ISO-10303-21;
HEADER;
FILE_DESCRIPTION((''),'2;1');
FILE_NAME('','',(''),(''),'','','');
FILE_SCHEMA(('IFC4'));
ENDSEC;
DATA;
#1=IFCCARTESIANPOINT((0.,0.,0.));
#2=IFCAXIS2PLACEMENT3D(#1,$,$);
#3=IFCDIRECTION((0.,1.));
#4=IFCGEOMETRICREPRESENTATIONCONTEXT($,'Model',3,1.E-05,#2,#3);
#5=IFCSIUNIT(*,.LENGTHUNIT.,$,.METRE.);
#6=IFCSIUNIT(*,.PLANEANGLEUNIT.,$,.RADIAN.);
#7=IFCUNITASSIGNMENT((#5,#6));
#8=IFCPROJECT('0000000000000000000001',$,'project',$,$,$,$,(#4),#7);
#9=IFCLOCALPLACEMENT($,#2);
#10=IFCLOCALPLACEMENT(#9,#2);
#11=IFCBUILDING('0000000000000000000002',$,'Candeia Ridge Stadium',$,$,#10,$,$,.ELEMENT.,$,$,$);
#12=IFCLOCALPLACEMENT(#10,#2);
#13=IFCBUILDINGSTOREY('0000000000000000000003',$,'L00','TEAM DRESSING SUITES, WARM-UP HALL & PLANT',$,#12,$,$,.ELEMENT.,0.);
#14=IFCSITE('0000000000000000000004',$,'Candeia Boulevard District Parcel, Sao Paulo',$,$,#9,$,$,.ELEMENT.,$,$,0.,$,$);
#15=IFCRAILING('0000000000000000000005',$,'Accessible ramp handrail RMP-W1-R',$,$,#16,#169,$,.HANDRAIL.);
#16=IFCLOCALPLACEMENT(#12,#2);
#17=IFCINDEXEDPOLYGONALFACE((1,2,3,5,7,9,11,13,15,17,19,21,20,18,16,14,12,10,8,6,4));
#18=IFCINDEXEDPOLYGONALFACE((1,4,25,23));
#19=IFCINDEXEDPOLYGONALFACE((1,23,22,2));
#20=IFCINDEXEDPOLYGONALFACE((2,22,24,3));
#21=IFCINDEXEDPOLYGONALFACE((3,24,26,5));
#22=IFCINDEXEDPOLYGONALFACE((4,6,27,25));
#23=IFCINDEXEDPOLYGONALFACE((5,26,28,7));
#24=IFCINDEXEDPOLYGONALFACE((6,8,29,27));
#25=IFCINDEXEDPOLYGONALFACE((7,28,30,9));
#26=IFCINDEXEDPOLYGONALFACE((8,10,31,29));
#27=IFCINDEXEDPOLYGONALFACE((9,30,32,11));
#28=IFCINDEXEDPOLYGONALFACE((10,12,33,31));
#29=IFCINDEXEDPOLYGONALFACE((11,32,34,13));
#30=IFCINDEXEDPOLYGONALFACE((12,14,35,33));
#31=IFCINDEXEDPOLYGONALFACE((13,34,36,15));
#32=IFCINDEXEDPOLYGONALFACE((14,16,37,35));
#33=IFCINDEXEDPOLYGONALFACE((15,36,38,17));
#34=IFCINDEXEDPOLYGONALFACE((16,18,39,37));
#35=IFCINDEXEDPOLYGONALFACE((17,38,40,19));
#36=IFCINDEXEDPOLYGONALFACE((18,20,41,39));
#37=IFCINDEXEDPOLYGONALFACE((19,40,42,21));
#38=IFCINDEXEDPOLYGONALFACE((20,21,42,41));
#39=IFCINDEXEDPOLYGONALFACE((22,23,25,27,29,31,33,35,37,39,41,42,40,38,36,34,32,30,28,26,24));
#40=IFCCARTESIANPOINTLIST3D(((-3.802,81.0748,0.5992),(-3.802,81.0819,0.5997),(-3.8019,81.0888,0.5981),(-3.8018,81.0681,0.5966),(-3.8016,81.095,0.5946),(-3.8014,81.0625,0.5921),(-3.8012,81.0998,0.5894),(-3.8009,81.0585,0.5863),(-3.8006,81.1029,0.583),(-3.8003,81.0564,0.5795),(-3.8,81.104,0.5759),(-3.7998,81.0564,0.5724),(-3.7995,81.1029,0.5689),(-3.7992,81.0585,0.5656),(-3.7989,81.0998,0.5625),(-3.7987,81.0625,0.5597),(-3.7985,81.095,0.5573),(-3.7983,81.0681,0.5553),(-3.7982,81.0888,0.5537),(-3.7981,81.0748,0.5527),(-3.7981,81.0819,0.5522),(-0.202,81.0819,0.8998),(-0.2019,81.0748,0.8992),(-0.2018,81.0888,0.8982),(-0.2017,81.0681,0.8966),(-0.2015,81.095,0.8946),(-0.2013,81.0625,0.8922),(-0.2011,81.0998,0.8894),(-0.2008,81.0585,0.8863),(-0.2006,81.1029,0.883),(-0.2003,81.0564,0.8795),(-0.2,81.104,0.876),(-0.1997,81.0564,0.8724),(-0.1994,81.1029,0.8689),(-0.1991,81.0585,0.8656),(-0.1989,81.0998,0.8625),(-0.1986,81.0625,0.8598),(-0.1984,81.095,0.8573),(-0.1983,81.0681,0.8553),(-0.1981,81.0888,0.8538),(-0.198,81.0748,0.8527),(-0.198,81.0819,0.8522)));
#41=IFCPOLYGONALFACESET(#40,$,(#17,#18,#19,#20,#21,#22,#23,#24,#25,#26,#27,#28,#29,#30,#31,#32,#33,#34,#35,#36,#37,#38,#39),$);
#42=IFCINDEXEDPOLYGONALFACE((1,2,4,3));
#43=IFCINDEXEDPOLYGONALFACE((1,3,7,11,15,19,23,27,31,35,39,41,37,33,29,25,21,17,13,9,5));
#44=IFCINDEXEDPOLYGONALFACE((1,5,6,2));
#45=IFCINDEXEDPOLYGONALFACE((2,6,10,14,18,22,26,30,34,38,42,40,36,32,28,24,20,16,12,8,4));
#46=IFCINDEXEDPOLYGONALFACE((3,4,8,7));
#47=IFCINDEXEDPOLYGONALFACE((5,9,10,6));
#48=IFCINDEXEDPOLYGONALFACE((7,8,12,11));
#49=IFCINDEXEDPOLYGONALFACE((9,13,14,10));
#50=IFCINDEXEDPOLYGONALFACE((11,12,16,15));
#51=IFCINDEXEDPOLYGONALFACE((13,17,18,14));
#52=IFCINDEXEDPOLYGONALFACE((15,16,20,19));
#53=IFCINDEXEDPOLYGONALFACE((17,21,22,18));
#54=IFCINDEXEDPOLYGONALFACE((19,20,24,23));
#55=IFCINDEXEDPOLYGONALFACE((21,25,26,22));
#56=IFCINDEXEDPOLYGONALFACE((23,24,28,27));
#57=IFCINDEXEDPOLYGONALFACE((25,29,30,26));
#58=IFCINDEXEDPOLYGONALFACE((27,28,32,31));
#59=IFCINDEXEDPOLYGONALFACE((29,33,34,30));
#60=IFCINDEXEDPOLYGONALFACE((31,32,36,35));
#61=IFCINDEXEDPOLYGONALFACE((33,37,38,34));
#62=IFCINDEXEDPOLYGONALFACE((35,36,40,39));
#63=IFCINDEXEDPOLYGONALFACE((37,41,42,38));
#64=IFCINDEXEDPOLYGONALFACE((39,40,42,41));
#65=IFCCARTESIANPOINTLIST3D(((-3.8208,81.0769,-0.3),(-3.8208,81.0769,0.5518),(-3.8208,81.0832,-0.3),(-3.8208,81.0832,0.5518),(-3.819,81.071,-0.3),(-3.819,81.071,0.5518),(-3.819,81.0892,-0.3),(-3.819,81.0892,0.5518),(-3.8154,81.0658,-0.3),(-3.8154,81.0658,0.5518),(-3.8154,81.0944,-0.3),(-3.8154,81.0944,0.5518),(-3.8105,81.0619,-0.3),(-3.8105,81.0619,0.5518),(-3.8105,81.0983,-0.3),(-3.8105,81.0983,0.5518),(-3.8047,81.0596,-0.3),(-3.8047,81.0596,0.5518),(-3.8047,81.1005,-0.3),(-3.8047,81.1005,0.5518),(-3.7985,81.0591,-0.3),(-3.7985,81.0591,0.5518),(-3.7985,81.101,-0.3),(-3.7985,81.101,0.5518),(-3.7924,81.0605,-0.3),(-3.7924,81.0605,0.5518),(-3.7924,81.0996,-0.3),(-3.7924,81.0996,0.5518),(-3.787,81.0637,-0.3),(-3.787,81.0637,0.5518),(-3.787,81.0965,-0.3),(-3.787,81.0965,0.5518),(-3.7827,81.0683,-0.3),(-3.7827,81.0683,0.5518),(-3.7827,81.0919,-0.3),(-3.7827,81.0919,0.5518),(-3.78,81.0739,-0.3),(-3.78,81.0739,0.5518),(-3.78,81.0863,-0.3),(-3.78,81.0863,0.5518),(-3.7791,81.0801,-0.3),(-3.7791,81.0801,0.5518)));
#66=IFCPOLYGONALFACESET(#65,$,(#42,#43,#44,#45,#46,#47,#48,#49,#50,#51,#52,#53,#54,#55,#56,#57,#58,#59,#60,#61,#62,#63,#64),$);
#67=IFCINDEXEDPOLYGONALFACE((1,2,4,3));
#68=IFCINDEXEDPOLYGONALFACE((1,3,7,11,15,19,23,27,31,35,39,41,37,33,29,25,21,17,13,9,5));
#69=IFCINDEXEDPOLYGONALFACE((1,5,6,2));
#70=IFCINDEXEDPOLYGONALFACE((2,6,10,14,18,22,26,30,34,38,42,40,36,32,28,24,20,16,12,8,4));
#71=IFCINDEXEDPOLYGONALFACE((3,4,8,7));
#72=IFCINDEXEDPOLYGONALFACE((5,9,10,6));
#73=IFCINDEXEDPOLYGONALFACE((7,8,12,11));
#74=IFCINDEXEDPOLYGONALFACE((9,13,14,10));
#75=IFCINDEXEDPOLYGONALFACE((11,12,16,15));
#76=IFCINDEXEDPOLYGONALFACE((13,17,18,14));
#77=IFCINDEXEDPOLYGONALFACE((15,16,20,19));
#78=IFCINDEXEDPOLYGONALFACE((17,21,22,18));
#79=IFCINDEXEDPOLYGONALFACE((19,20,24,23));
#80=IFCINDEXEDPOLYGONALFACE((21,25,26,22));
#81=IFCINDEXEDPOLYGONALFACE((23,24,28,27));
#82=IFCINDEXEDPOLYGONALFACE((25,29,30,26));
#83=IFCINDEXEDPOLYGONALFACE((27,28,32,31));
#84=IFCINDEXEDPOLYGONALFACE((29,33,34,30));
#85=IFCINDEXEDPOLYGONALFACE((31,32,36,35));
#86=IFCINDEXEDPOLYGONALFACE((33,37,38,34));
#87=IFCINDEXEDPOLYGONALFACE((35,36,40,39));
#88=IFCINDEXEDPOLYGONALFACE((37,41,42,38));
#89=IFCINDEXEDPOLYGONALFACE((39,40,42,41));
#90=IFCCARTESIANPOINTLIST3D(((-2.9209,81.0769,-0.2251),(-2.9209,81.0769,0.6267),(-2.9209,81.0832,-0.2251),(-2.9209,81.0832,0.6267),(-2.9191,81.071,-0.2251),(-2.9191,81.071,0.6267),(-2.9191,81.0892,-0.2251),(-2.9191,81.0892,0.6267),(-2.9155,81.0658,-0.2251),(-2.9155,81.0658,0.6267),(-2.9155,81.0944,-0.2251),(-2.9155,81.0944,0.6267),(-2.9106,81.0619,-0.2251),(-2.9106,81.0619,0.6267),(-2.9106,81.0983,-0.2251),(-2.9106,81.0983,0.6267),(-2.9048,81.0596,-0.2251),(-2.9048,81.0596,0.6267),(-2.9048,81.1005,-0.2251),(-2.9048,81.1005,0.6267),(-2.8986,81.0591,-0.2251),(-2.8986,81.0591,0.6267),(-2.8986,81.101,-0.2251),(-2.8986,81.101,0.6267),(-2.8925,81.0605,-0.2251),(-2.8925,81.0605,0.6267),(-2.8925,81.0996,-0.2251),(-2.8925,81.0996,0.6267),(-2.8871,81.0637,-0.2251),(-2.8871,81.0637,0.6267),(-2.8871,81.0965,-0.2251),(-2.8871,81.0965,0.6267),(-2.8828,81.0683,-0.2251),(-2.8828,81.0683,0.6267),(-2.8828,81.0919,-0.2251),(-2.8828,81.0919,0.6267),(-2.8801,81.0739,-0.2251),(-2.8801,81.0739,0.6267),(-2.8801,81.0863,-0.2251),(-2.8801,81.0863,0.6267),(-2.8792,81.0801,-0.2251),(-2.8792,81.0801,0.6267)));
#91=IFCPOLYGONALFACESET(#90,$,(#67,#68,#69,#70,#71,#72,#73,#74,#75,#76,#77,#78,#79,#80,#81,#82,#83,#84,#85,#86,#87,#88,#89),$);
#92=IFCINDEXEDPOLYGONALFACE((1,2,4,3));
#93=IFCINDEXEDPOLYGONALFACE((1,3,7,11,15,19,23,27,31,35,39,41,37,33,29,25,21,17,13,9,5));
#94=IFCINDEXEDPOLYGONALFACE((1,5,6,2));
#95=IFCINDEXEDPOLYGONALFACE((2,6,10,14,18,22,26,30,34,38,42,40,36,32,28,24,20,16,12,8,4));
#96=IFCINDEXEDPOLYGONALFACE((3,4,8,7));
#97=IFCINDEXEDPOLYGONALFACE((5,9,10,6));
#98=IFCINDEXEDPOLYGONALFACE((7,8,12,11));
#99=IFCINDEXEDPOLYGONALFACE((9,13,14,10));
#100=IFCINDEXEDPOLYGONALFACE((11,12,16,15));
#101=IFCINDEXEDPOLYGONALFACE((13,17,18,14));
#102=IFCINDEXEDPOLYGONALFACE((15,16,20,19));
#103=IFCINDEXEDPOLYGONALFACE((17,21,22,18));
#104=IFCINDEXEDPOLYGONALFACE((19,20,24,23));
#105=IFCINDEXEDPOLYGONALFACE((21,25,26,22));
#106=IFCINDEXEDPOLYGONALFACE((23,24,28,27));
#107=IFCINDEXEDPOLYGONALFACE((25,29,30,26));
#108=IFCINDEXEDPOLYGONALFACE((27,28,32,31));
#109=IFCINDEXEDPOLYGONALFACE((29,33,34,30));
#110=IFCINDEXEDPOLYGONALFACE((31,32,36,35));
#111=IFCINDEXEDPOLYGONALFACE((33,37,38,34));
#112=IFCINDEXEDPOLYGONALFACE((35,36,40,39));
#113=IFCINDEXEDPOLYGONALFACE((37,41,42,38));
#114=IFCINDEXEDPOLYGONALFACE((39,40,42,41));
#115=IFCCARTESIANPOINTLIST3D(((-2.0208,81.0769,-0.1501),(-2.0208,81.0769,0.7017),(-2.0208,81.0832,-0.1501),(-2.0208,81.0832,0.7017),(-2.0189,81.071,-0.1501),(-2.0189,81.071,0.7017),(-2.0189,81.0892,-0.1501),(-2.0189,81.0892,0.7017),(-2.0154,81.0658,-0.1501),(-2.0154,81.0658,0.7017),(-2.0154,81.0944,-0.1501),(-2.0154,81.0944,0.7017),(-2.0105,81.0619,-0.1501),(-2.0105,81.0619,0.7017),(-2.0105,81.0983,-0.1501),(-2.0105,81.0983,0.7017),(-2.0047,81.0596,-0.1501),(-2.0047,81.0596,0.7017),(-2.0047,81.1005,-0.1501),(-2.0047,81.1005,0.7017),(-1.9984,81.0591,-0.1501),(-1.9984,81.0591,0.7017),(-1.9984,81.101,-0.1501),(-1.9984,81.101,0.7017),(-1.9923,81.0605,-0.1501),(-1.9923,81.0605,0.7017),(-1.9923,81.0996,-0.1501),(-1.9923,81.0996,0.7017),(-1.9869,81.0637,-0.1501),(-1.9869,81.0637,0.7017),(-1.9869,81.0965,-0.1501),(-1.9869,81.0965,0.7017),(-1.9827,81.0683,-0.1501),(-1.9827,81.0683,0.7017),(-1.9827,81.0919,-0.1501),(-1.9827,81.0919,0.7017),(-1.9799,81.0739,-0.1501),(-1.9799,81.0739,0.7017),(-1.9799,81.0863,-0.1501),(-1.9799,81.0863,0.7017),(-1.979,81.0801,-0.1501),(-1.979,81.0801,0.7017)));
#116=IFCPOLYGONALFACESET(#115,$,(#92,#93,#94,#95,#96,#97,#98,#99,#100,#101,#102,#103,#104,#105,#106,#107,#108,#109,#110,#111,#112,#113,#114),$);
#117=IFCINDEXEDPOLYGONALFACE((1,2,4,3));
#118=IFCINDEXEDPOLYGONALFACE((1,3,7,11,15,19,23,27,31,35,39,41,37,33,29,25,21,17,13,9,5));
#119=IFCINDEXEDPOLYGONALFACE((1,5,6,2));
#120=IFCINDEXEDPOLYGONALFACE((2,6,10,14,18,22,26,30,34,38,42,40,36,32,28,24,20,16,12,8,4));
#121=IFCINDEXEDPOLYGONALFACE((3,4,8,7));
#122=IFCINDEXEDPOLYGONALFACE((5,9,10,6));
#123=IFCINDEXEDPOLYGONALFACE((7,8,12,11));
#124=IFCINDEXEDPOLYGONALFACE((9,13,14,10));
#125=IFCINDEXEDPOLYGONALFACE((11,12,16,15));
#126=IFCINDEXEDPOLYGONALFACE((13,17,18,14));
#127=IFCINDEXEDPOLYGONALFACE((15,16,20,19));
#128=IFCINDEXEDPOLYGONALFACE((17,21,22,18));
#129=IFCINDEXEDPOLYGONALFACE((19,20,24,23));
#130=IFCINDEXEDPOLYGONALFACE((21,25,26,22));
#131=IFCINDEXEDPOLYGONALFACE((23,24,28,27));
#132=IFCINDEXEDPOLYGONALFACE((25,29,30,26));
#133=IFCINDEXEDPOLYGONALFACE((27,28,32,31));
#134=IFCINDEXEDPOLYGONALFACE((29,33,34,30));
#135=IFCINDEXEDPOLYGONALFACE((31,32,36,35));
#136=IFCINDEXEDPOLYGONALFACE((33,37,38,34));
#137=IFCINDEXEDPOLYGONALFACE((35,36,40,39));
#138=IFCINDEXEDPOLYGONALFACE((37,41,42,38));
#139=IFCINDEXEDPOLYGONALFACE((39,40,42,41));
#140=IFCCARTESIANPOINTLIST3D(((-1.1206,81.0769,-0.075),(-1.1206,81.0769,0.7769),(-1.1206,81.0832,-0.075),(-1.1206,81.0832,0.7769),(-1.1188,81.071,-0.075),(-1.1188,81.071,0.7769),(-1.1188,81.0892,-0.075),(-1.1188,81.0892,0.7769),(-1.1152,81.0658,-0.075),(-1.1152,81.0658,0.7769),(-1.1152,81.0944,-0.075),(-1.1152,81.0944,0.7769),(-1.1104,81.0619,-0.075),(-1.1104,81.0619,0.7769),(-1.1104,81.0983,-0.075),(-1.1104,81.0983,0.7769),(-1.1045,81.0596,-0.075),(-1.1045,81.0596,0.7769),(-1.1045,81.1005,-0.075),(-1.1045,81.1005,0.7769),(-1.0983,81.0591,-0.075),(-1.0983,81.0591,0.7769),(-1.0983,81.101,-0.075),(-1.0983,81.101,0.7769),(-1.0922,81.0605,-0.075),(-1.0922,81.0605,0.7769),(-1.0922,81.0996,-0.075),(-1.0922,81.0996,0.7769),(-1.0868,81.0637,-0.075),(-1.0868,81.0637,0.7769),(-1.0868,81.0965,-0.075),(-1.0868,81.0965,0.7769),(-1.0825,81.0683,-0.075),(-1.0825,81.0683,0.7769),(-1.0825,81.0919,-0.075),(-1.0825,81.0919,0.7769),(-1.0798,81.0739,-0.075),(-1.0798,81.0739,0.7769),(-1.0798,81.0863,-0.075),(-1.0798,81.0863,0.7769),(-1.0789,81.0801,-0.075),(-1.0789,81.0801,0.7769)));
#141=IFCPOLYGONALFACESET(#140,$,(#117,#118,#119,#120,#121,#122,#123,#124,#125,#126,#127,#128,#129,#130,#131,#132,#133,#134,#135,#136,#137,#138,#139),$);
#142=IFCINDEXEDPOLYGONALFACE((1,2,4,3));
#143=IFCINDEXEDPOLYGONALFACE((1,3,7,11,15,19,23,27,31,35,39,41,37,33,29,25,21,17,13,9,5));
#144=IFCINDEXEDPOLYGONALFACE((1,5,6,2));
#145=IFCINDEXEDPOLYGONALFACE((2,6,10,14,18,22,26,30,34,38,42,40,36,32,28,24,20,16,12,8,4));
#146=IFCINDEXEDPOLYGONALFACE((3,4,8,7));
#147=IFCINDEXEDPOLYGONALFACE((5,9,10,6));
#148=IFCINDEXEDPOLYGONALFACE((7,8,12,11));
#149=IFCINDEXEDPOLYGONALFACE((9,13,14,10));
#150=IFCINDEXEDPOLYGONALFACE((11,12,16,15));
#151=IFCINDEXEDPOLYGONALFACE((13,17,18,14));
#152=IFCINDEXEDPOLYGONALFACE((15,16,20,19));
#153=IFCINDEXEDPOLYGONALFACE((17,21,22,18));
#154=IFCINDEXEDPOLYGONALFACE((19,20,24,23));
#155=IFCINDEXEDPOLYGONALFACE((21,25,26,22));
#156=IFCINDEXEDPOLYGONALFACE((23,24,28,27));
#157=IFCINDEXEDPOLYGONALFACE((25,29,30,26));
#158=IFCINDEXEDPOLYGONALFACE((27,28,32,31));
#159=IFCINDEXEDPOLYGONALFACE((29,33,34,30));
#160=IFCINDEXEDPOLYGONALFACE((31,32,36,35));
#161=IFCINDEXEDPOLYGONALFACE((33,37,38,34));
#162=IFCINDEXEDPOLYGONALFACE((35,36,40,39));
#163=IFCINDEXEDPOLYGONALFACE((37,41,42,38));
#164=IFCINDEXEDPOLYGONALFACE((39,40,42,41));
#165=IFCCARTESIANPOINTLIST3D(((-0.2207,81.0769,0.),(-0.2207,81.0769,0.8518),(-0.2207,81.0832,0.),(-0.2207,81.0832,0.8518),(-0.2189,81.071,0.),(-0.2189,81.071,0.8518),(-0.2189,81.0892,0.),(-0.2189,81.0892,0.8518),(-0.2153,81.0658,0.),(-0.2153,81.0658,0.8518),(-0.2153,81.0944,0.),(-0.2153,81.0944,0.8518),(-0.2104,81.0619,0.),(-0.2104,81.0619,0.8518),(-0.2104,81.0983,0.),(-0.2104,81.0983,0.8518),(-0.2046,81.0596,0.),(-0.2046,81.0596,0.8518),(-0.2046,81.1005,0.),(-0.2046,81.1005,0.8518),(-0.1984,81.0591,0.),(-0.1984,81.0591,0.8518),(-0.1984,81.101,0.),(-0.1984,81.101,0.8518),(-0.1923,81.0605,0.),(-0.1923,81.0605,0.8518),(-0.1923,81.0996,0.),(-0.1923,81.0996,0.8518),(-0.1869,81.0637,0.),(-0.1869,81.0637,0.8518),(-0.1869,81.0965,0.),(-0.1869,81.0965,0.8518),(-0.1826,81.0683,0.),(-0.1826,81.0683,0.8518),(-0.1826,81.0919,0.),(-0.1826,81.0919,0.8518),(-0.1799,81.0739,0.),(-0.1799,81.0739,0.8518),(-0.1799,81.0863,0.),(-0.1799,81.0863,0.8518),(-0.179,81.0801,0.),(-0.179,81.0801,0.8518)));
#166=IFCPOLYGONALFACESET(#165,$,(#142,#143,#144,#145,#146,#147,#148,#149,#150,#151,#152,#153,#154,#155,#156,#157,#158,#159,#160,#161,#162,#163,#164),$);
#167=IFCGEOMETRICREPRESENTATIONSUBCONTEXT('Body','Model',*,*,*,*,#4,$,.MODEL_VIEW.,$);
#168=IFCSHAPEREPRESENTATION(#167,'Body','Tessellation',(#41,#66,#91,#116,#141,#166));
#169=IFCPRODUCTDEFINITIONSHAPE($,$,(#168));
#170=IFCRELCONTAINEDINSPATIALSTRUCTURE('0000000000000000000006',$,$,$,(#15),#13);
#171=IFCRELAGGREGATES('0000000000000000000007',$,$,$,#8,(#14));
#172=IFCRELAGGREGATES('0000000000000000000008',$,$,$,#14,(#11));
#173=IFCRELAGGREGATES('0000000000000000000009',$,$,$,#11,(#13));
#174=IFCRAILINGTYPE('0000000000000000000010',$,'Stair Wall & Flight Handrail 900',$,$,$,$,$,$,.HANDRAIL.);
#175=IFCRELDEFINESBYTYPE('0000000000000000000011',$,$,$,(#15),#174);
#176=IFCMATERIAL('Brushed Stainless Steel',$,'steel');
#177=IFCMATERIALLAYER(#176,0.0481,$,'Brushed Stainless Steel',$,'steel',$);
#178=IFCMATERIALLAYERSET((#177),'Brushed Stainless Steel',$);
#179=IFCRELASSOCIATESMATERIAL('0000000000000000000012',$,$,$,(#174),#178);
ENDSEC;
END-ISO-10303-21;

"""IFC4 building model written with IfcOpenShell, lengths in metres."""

from ifc_helpers import new_model, si_unit, direction, frame, origin, origin_2d, place, context, subcontext, project, spatial, circle, extrude, material, layer, layer_set, type_object, element, save


model = new_model("IFC4")

# Units and contexts
model_context = context("Model", 3, precision=1e-05, world=origin(), true_north=direction((0.0, 1.0)))
body_context = subcontext(model_context, "Body", "Model", "MODEL_VIEW")
ifc_project = project(units=[si_unit("LENGTHUNIT", "METRE"), si_unit("PLANEANGLEUNIT", "RADIAN")], contexts=[model_context])

# Site, building, storey
site_placement = place(None, origin())
site = spatial("IfcSite", under=ifc_project, at=site_placement, Name="Candeia Boulevard District Parcel, Sao Paulo", CompositionType="ELEMENT", RefElevation=0.0)
building_placement = place(site_placement, origin())
building = spatial("IfcBuilding", under=site, at=building_placement, Name="Candeia Ridge Stadium", CompositionType="ELEMENT")
storey_placement = place(building_placement, origin())
storey = spatial("IfcBuildingStorey", under=building, at=storey_placement, Name="L00", Description="TEAM DRESSING SUITES, WARM-UP HALL & PLANT", CompositionType="ELEMENT", Elevation=0.0)

# Railing
ifc_material_1 = material(Name="Brushed Stainless Steel", Category="steel")
ifc_layer_1 = layer(ifc_material_1, 0.0481, Name="Brushed Stainless Steel", Category="steel")
ifc_layer_set_1 = layer_set([ifc_layer_1], Name="Brushed Stainless Steel")
railing_type_1 = type_object("IfcRailingType", Name="Stair Wall & Flight Handrail 900", PredefinedType="HANDRAIL", material=ifc_layer_set_1)
for number, where, name in (
    (1, (-3.8, 81.0801, -0.3), "Accessible ramp handrail RMP-W1-R"),
):
    element("IfcRailing", number, at=place(storey_placement, frame(where)), inside=storey, type_object=railing_type_1, Name=name, PredefinedType="HANDRAIL", context=body_context, shape_type="SweptSolid", body=[
        extrude(circle(Radius=0.0239, at=origin_2d()), frame((0.0, 0.0, 0.876), z_axis=(0.996545, 0.0, 0.083057), x_axis=(0.0, 1.0, 0.0)), (0.0, 0.0, 1.0), 3.6125),
        extrude(circle(Radius=0.021, at=origin_2d()), origin(), (0.0, 0.0, 1.0), 0.8518),
        extrude(circle(Radius=0.021, at=origin_2d()), frame((0.8999, 0.0, 0.075)), (0.0, 0.0, 1.0), 0.8518),
        extrude(circle(Radius=0.021, at=origin_2d()), frame((1.8, 0.0, 0.1499)), (0.0, 0.0, 1.0), 0.8518),
        extrude(circle(Radius=0.021, at=origin_2d()), frame((2.7002, 0.0, 0.2251)), (0.0, 0.0, 1.0), 0.8518),
        extrude(circle(Radius=0.021, at=origin_2d()), frame((3.6001, 0.0, 0.3)), (0.0, 0.0, 1.0), 0.8518),
    ])

save(model, "model.ifc")
